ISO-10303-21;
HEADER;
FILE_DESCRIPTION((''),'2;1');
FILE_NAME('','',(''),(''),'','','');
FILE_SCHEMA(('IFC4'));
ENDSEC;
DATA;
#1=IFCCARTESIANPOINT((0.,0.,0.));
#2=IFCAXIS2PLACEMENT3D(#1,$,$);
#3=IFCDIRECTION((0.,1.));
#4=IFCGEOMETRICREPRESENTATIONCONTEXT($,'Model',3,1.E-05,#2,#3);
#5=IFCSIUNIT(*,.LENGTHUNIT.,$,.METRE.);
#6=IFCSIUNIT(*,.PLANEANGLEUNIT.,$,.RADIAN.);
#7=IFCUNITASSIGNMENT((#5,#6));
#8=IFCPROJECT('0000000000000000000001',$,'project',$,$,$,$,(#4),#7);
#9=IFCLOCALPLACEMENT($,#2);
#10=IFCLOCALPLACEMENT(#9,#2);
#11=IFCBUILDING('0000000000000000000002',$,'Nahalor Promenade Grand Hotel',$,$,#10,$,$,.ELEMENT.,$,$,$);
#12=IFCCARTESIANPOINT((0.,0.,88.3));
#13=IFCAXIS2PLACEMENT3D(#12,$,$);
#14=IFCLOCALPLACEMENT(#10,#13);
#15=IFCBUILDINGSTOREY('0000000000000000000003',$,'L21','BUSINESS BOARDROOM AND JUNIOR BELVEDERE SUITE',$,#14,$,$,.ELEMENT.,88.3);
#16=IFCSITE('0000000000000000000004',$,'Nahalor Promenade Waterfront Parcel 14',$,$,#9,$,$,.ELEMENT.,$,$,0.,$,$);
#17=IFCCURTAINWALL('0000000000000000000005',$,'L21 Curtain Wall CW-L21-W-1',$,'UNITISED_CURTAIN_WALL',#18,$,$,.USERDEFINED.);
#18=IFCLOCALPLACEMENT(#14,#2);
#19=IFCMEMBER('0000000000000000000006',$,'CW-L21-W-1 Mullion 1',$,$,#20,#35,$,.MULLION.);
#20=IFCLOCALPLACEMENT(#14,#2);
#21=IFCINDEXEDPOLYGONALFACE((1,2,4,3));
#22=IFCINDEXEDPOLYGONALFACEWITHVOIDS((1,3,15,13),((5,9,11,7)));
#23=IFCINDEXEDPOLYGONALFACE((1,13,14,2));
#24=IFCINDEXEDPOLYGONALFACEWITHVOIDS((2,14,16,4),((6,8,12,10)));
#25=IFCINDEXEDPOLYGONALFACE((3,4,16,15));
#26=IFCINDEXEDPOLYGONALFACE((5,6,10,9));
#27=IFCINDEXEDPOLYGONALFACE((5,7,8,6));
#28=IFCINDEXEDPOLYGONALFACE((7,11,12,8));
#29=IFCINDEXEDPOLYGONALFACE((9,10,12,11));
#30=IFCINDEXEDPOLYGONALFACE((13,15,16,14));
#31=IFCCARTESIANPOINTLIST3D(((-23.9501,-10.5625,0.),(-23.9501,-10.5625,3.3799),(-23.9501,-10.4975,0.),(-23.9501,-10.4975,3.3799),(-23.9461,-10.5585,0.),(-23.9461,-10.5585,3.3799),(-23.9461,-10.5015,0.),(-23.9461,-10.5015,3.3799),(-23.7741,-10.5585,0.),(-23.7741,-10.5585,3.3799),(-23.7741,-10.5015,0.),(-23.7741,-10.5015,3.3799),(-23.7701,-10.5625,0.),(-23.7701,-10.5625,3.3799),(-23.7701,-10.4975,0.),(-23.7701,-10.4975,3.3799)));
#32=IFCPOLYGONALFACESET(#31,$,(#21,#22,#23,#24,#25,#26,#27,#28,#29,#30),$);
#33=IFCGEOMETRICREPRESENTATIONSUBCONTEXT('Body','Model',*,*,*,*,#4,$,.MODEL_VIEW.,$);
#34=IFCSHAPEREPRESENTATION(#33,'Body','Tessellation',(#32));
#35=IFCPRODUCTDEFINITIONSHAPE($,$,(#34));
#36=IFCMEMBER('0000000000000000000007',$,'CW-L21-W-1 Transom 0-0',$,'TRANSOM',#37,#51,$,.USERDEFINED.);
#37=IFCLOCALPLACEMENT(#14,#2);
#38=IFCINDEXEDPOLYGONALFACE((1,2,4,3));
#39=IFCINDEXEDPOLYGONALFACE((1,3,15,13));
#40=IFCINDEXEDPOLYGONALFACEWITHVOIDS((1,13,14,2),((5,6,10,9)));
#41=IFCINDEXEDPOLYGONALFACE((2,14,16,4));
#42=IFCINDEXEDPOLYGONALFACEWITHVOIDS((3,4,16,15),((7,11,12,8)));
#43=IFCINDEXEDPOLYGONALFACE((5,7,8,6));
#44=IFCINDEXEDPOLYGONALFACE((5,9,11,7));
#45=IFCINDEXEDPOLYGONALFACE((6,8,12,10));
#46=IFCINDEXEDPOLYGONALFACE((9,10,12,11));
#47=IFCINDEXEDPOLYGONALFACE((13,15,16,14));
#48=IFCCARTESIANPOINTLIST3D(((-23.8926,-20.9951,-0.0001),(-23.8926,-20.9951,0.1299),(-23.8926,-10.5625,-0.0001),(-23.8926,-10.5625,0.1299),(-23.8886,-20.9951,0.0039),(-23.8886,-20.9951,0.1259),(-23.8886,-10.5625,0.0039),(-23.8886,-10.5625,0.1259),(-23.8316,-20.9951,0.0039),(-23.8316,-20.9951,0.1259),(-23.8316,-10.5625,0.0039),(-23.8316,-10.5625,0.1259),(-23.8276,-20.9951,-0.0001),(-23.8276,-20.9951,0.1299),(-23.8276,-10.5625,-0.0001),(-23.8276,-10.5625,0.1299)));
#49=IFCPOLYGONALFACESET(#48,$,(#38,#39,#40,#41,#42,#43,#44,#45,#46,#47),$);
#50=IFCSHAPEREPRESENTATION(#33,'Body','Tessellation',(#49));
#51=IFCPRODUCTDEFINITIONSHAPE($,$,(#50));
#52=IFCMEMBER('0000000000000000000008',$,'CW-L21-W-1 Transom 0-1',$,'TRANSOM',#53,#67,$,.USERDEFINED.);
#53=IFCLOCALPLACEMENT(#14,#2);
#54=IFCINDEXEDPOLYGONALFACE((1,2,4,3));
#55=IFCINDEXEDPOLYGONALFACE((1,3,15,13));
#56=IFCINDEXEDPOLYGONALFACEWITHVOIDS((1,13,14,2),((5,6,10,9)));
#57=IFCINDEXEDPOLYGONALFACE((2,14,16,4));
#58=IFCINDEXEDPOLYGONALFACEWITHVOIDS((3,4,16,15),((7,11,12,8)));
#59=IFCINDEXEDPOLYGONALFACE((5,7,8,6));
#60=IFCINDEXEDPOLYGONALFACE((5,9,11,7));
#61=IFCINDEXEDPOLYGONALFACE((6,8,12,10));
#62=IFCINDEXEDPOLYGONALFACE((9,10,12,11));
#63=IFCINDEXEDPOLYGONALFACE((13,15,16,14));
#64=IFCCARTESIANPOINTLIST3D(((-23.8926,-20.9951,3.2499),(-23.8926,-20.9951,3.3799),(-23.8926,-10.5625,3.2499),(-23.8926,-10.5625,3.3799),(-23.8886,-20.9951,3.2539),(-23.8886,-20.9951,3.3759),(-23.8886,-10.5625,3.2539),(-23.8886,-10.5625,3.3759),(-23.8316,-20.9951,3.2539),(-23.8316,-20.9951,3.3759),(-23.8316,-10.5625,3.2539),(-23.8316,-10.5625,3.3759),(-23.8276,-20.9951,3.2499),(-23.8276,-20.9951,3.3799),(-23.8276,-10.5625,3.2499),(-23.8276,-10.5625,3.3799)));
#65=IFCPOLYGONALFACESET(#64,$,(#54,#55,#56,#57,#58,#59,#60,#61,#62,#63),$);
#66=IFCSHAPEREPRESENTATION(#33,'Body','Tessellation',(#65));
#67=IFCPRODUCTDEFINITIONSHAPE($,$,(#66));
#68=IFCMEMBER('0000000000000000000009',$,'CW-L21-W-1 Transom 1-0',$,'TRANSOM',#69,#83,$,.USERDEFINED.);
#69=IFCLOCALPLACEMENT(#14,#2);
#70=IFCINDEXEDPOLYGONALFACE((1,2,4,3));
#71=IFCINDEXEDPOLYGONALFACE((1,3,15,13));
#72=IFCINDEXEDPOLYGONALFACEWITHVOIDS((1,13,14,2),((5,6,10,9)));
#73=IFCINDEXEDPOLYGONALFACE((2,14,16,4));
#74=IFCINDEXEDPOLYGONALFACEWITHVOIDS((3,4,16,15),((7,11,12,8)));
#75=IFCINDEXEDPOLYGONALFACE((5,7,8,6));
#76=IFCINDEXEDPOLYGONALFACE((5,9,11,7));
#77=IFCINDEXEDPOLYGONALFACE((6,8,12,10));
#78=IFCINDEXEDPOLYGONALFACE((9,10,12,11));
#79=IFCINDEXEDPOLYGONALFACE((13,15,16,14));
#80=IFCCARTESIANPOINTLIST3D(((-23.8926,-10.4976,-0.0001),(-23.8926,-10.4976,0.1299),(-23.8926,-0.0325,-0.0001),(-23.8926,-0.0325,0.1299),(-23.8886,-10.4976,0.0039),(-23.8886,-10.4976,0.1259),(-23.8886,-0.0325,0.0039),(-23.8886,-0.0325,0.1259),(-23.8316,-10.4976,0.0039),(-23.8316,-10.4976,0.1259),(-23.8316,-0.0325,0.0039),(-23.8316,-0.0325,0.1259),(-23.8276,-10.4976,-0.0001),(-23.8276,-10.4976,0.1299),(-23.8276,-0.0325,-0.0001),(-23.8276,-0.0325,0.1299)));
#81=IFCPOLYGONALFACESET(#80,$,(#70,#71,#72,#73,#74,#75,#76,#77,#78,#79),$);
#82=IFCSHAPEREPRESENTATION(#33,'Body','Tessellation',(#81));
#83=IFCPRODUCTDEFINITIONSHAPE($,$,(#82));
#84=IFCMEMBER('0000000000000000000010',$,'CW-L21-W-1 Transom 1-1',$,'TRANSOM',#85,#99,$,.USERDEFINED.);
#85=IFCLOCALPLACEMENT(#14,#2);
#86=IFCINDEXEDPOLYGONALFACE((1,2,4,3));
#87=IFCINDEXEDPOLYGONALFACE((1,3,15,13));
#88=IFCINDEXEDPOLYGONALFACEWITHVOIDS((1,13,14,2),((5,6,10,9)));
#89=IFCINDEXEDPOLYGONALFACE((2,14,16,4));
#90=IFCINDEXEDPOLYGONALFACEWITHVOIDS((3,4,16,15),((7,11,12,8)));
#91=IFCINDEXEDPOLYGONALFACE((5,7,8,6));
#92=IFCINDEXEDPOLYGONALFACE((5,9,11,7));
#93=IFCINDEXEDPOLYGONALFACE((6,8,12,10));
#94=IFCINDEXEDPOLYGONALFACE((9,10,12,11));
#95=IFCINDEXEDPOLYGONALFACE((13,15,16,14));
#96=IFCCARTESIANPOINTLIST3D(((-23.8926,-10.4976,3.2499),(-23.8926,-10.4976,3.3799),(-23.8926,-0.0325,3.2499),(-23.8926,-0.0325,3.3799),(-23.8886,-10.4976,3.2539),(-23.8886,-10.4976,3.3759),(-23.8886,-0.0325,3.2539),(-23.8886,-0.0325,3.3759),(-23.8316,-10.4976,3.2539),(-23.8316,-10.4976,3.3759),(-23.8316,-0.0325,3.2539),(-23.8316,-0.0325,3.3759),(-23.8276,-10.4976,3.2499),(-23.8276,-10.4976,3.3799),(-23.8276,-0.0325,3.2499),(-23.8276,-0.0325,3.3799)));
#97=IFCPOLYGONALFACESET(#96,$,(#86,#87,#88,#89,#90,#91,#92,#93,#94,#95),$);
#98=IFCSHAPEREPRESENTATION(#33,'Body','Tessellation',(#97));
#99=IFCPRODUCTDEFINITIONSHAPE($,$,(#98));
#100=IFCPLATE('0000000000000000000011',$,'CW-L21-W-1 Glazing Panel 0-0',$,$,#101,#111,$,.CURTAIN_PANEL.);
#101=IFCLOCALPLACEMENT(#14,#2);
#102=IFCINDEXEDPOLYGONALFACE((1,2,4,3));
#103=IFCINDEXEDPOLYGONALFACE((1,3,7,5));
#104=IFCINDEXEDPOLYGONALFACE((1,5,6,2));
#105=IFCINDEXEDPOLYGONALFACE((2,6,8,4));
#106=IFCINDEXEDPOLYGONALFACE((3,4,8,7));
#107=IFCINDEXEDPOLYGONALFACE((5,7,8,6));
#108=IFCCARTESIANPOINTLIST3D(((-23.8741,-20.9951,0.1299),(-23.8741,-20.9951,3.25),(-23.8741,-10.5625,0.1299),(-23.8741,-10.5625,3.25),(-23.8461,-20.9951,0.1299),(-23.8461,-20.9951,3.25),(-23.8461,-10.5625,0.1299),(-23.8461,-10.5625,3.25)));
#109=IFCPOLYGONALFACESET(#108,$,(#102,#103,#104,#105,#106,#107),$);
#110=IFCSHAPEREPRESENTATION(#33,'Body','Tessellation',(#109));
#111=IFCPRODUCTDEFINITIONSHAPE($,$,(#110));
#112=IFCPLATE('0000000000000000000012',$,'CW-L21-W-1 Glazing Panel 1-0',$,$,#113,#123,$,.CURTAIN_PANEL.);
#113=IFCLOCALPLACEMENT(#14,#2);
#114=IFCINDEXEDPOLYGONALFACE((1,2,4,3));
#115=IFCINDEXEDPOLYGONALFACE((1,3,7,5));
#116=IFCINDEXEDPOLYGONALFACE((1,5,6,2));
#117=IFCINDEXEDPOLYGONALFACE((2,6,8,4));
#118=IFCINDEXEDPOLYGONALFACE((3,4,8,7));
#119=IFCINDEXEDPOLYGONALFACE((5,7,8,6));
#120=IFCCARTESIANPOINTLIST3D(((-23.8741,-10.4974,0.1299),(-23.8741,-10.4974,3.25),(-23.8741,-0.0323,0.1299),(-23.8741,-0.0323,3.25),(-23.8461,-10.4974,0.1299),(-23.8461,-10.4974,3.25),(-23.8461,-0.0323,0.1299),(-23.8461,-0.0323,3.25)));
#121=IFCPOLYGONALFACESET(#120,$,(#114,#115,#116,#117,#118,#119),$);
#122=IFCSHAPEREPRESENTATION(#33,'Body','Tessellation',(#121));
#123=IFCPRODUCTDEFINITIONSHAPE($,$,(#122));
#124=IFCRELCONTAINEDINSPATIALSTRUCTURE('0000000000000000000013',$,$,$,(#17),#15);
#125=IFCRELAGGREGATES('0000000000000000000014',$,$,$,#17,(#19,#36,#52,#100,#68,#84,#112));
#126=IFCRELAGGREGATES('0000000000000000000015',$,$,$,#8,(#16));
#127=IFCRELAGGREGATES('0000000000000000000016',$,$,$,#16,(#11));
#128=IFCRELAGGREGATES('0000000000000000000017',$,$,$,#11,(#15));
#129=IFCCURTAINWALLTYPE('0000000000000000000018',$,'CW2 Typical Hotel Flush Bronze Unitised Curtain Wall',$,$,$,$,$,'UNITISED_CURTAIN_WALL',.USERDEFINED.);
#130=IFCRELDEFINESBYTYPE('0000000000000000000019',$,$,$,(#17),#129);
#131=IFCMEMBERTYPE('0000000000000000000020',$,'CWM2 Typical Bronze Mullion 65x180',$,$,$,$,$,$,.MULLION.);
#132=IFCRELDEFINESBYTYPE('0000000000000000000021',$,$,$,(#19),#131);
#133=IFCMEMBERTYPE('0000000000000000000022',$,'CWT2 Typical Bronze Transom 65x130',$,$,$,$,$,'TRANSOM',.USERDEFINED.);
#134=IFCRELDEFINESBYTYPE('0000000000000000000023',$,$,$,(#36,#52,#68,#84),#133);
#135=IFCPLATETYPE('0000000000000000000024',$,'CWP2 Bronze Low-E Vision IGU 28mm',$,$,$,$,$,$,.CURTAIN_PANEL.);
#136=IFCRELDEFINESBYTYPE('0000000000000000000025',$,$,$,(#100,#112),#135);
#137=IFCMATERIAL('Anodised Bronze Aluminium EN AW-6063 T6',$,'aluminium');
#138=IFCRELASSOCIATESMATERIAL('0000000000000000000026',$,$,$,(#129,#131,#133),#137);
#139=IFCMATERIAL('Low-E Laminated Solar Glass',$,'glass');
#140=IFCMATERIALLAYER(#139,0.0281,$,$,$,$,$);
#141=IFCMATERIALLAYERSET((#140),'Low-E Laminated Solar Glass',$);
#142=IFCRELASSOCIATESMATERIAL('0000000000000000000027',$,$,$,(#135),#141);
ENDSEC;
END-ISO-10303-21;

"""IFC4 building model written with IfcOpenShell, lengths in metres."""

from ifc_helpers import new_model, si_unit, direction, frame, origin, origin_2d, place, context, subcontext, project, spatial, rectangle, hollow_rectangle, extrude, source, transform, mapped, material, layer, layer_set, material_profile, profile_set, type_object, element, aggregate, save


model = new_model("IFC4")

# Units and contexts
model_context = context("Model", 3, precision=1e-05, world=origin(), true_north=direction((0.0, 1.0)))
body_context = subcontext(model_context, "Body", "Model", "MODEL_VIEW")
ifc_project = project(units=[si_unit("LENGTHUNIT", "METRE"), si_unit("PLANEANGLEUNIT", "RADIAN")], contexts=[model_context])

# Site, building, storey
site_placement = place(None, origin())
site = spatial("IfcSite", under=ifc_project, at=site_placement, Name="Nahalor Promenade Waterfront Parcel 14", CompositionType="ELEMENT", RefElevation=0.0)
building_placement = place(site_placement, origin())
building = spatial("IfcBuilding", under=site, at=building_placement, Name="Nahalor Promenade Grand Hotel", CompositionType="ELEMENT")
storey_placement = place(building_placement, frame((0.0, 0.0, 88.3)))
storey = spatial("IfcBuildingStorey", under=building, at=storey_placement, Name="L21", Description="BUSINESS BOARDROOM AND JUNIOR BELVEDERE SUITE", CompositionType="ELEMENT", Elevation=88.3)

# Curtain wall, members, plates
ifc_material_1 = material(Name="Anodised Bronze Aluminium EN AW-6063 T6", Category="aluminium")
curtain_wall_type = type_object("IfcCurtainWallType", Name="CW2 Typical Hotel Flush Bronze Unitised Curtain Wall", ElementType="UNITISED_CURTAIN_WALL", PredefinedType="USERDEFINED", material=ifc_material_1)
curtain_wall_placement = place(storey_placement, origin())
curtain_wall = element("IfcCurtainWall", 1, at=curtain_wall_placement, inside=storey, type_object=curtain_wall_type, Name="L21 Curtain Wall CW-L21-W-1", ObjectType="UNITISED_CURTAIN_WALL", PredefinedType="USERDEFINED")
ifc_material_profile_1 = material_profile(ifc_material_1, hollow_rectangle(XDim=0.065, YDim=0.18, WallThickness=0.004, at=origin_2d()), Name="CWM 65x180x4")
ifc_profile_set_1 = profile_set([ifc_material_profile_1], Name="Anodised Bronze Aluminium EN AW-6063 T6")
member_type_1 = type_object("IfcMemberType", Name="CWM2 Typical Bronze Mullion 65x180", PredefinedType="MULLION", material=ifc_profile_set_1)
shared_shape_1 = source(origin(), body_context, "Body", "SweptSolid", [
    extrude(hollow_rectangle(XDim=0.065, YDim=0.18, WallThickness=0.004, at=origin_2d()), origin(), (0.0, 0.0, 1.0), 3.3799),
])
member_1_placement = place(storey_placement, frame((-23.8601, -10.53, 0.0), z_axis=(0.0, 0.0, 1.0), x_axis=(0.0, 1.0, 0.0)))
member_1 = element("IfcMember", 2, at=member_1_placement, type_object=member_type_1, Name="CW-L21-W-1 Mullion 1", PredefinedType="MULLION", context=body_context, shape_type="MappedRepresentation", body=[
    mapped(shared_shape_1, transform((0.0, 0.0, 0.0), scale=1.0)),
])
ifc_material_profile_2 = material_profile(ifc_material_1, hollow_rectangle(XDim=0.065, YDim=0.13, WallThickness=0.004, at=origin_2d()), Name="CWT 65x130x4")
ifc_profile_set_2 = profile_set([ifc_material_profile_2], Name="Anodised Bronze Aluminium EN AW-6063 T6")
member_type_2 = type_object("IfcMemberType", Name="CWT2 Typical Bronze Transom 65x130", ElementType="TRANSOM", PredefinedType="USERDEFINED", material=ifc_profile_set_2)
shared_shape_2 = source(origin(), body_context, "Body", "SweptSolid", [
    extrude(hollow_rectangle(XDim=0.065, YDim=0.13, WallThickness=0.004, at=origin_2d()), origin(), (0.0, 0.0, 1.0), 10.4326),
])
member_2_placement = place(storey_placement, frame((-23.8601, -20.9951, 0.0649), z_axis=(0.0, 1.0, 0.0), x_axis=(-1.0, 0.0, 0.0)))
member_2 = element("IfcMember", 3, at=member_2_placement, type_object=member_type_2, Name="CW-L21-W-1 Transom 0-0", ObjectType="TRANSOM", PredefinedType="USERDEFINED", context=body_context, shape_type="MappedRepresentation", body=[
    mapped(shared_shape_2, transform((0.0, 0.0, 0.0), scale=1.0)),
])
member_3_placement = place(storey_placement, frame((-23.8601, -20.9951, 3.3149), z_axis=(0.0, 1.0, 0.0), x_axis=(-1.0, 0.0, 0.0)))
member_3 = element("IfcMember", 4, at=member_3_placement, type_object=member_type_2, Name="CW-L21-W-1 Transom 0-1", ObjectType="TRANSOM", PredefinedType="USERDEFINED", context=body_context, shape_type="MappedRepresentation", body=[
    mapped(shared_shape_2, transform((0.0, 0.0, 0.0), scale=1.0)),
])
shared_shape_3 = source(origin(), body_context, "Body", "SweptSolid", [
    extrude(hollow_rectangle(XDim=0.065, YDim=0.13, WallThickness=0.004, at=origin_2d()), origin(), (0.0, 0.0, 1.0), 10.4651),
])
member_4_placement = place(storey_placement, frame((-23.8601, -10.4976, 0.0649), z_axis=(0.0, 1.0, 0.0), x_axis=(-1.0, 0.0, 0.0)))
member_4 = element("IfcMember", 5, at=member_4_placement, type_object=member_type_2, Name="CW-L21-W-1 Transom 1-0", ObjectType="TRANSOM", PredefinedType="USERDEFINED", context=body_context, shape_type="MappedRepresentation", body=[
    mapped(shared_shape_3, transform((0.0, 0.0, 0.0), scale=1.0)),
])
member_5_placement = place(storey_placement, frame((-23.8601, -10.4976, 3.3149), z_axis=(0.0, 1.0, 0.0), x_axis=(-1.0, 0.0, 0.0)))
member_5 = element("IfcMember", 6, at=member_5_placement, type_object=member_type_2, Name="CW-L21-W-1 Transom 1-1", ObjectType="TRANSOM", PredefinedType="USERDEFINED", context=body_context, shape_type="MappedRepresentation", body=[
    mapped(shared_shape_3, transform((0.0, 0.0, 0.0), scale=1.0)),
])
ifc_material_2 = material(Name="Low-E Laminated Solar Glass", Category="glass")
ifc_layer_1 = layer(ifc_material_2, 0.0281)
ifc_layer_set_1 = layer_set([ifc_layer_1], Name="Low-E Laminated Solar Glass")
plate_type = type_object("IfcPlateType", Name="CWP2 Bronze Low-E Vision IGU 28mm", PredefinedType="CURTAIN_PANEL", material=ifc_layer_set_1)
shared_shape_4 = source(origin(), body_context, "Body", "SweptSolid", [
    extrude(rectangle(XDim=10.4326, YDim=0.0281, at=origin_2d()), origin(), (0.0, 0.0, 1.0), 3.1201),
])
plate_1_placement = place(storey_placement, frame((-23.8601, -15.7788, 0.1299), z_axis=(0.0, 0.0, 1.0), x_axis=(0.0, 1.0, 0.0)))
plate_1 = element("IfcPlate", 7, at=plate_1_placement, type_object=plate_type, Name="CW-L21-W-1 Glazing Panel 0-0", PredefinedType="CURTAIN_PANEL", context=body_context, shape_type="MappedRepresentation", body=[
    mapped(shared_shape_4, transform((0.0, 0.0, 0.0), scale=1.0)),
])
shared_shape_5 = source(origin(), body_context, "Body", "SweptSolid", [
    extrude(rectangle(XDim=10.4651, YDim=0.0281, at=origin_2d()), origin(), (0.0, 0.0, 1.0), 3.1201),
])
plate_2_placement = place(storey_placement, frame((-23.8601, -5.2649, 0.1299), z_axis=(0.0, 0.0, 1.0), x_axis=(0.0, 1.0, 0.0)))
plate_2 = element("IfcPlate", 8, at=plate_2_placement, type_object=plate_type, Name="CW-L21-W-1 Glazing Panel 1-0", PredefinedType="CURTAIN_PANEL", context=body_context, shape_type="MappedRepresentation", body=[
    mapped(shared_shape_5, transform((0.0, 0.0, 0.0), scale=1.0)),
])
aggregate(curtain_wall, [member_1, member_2, member_3, plate_1, member_4, member_5, plate_2])

save(model, "model.ifc")
